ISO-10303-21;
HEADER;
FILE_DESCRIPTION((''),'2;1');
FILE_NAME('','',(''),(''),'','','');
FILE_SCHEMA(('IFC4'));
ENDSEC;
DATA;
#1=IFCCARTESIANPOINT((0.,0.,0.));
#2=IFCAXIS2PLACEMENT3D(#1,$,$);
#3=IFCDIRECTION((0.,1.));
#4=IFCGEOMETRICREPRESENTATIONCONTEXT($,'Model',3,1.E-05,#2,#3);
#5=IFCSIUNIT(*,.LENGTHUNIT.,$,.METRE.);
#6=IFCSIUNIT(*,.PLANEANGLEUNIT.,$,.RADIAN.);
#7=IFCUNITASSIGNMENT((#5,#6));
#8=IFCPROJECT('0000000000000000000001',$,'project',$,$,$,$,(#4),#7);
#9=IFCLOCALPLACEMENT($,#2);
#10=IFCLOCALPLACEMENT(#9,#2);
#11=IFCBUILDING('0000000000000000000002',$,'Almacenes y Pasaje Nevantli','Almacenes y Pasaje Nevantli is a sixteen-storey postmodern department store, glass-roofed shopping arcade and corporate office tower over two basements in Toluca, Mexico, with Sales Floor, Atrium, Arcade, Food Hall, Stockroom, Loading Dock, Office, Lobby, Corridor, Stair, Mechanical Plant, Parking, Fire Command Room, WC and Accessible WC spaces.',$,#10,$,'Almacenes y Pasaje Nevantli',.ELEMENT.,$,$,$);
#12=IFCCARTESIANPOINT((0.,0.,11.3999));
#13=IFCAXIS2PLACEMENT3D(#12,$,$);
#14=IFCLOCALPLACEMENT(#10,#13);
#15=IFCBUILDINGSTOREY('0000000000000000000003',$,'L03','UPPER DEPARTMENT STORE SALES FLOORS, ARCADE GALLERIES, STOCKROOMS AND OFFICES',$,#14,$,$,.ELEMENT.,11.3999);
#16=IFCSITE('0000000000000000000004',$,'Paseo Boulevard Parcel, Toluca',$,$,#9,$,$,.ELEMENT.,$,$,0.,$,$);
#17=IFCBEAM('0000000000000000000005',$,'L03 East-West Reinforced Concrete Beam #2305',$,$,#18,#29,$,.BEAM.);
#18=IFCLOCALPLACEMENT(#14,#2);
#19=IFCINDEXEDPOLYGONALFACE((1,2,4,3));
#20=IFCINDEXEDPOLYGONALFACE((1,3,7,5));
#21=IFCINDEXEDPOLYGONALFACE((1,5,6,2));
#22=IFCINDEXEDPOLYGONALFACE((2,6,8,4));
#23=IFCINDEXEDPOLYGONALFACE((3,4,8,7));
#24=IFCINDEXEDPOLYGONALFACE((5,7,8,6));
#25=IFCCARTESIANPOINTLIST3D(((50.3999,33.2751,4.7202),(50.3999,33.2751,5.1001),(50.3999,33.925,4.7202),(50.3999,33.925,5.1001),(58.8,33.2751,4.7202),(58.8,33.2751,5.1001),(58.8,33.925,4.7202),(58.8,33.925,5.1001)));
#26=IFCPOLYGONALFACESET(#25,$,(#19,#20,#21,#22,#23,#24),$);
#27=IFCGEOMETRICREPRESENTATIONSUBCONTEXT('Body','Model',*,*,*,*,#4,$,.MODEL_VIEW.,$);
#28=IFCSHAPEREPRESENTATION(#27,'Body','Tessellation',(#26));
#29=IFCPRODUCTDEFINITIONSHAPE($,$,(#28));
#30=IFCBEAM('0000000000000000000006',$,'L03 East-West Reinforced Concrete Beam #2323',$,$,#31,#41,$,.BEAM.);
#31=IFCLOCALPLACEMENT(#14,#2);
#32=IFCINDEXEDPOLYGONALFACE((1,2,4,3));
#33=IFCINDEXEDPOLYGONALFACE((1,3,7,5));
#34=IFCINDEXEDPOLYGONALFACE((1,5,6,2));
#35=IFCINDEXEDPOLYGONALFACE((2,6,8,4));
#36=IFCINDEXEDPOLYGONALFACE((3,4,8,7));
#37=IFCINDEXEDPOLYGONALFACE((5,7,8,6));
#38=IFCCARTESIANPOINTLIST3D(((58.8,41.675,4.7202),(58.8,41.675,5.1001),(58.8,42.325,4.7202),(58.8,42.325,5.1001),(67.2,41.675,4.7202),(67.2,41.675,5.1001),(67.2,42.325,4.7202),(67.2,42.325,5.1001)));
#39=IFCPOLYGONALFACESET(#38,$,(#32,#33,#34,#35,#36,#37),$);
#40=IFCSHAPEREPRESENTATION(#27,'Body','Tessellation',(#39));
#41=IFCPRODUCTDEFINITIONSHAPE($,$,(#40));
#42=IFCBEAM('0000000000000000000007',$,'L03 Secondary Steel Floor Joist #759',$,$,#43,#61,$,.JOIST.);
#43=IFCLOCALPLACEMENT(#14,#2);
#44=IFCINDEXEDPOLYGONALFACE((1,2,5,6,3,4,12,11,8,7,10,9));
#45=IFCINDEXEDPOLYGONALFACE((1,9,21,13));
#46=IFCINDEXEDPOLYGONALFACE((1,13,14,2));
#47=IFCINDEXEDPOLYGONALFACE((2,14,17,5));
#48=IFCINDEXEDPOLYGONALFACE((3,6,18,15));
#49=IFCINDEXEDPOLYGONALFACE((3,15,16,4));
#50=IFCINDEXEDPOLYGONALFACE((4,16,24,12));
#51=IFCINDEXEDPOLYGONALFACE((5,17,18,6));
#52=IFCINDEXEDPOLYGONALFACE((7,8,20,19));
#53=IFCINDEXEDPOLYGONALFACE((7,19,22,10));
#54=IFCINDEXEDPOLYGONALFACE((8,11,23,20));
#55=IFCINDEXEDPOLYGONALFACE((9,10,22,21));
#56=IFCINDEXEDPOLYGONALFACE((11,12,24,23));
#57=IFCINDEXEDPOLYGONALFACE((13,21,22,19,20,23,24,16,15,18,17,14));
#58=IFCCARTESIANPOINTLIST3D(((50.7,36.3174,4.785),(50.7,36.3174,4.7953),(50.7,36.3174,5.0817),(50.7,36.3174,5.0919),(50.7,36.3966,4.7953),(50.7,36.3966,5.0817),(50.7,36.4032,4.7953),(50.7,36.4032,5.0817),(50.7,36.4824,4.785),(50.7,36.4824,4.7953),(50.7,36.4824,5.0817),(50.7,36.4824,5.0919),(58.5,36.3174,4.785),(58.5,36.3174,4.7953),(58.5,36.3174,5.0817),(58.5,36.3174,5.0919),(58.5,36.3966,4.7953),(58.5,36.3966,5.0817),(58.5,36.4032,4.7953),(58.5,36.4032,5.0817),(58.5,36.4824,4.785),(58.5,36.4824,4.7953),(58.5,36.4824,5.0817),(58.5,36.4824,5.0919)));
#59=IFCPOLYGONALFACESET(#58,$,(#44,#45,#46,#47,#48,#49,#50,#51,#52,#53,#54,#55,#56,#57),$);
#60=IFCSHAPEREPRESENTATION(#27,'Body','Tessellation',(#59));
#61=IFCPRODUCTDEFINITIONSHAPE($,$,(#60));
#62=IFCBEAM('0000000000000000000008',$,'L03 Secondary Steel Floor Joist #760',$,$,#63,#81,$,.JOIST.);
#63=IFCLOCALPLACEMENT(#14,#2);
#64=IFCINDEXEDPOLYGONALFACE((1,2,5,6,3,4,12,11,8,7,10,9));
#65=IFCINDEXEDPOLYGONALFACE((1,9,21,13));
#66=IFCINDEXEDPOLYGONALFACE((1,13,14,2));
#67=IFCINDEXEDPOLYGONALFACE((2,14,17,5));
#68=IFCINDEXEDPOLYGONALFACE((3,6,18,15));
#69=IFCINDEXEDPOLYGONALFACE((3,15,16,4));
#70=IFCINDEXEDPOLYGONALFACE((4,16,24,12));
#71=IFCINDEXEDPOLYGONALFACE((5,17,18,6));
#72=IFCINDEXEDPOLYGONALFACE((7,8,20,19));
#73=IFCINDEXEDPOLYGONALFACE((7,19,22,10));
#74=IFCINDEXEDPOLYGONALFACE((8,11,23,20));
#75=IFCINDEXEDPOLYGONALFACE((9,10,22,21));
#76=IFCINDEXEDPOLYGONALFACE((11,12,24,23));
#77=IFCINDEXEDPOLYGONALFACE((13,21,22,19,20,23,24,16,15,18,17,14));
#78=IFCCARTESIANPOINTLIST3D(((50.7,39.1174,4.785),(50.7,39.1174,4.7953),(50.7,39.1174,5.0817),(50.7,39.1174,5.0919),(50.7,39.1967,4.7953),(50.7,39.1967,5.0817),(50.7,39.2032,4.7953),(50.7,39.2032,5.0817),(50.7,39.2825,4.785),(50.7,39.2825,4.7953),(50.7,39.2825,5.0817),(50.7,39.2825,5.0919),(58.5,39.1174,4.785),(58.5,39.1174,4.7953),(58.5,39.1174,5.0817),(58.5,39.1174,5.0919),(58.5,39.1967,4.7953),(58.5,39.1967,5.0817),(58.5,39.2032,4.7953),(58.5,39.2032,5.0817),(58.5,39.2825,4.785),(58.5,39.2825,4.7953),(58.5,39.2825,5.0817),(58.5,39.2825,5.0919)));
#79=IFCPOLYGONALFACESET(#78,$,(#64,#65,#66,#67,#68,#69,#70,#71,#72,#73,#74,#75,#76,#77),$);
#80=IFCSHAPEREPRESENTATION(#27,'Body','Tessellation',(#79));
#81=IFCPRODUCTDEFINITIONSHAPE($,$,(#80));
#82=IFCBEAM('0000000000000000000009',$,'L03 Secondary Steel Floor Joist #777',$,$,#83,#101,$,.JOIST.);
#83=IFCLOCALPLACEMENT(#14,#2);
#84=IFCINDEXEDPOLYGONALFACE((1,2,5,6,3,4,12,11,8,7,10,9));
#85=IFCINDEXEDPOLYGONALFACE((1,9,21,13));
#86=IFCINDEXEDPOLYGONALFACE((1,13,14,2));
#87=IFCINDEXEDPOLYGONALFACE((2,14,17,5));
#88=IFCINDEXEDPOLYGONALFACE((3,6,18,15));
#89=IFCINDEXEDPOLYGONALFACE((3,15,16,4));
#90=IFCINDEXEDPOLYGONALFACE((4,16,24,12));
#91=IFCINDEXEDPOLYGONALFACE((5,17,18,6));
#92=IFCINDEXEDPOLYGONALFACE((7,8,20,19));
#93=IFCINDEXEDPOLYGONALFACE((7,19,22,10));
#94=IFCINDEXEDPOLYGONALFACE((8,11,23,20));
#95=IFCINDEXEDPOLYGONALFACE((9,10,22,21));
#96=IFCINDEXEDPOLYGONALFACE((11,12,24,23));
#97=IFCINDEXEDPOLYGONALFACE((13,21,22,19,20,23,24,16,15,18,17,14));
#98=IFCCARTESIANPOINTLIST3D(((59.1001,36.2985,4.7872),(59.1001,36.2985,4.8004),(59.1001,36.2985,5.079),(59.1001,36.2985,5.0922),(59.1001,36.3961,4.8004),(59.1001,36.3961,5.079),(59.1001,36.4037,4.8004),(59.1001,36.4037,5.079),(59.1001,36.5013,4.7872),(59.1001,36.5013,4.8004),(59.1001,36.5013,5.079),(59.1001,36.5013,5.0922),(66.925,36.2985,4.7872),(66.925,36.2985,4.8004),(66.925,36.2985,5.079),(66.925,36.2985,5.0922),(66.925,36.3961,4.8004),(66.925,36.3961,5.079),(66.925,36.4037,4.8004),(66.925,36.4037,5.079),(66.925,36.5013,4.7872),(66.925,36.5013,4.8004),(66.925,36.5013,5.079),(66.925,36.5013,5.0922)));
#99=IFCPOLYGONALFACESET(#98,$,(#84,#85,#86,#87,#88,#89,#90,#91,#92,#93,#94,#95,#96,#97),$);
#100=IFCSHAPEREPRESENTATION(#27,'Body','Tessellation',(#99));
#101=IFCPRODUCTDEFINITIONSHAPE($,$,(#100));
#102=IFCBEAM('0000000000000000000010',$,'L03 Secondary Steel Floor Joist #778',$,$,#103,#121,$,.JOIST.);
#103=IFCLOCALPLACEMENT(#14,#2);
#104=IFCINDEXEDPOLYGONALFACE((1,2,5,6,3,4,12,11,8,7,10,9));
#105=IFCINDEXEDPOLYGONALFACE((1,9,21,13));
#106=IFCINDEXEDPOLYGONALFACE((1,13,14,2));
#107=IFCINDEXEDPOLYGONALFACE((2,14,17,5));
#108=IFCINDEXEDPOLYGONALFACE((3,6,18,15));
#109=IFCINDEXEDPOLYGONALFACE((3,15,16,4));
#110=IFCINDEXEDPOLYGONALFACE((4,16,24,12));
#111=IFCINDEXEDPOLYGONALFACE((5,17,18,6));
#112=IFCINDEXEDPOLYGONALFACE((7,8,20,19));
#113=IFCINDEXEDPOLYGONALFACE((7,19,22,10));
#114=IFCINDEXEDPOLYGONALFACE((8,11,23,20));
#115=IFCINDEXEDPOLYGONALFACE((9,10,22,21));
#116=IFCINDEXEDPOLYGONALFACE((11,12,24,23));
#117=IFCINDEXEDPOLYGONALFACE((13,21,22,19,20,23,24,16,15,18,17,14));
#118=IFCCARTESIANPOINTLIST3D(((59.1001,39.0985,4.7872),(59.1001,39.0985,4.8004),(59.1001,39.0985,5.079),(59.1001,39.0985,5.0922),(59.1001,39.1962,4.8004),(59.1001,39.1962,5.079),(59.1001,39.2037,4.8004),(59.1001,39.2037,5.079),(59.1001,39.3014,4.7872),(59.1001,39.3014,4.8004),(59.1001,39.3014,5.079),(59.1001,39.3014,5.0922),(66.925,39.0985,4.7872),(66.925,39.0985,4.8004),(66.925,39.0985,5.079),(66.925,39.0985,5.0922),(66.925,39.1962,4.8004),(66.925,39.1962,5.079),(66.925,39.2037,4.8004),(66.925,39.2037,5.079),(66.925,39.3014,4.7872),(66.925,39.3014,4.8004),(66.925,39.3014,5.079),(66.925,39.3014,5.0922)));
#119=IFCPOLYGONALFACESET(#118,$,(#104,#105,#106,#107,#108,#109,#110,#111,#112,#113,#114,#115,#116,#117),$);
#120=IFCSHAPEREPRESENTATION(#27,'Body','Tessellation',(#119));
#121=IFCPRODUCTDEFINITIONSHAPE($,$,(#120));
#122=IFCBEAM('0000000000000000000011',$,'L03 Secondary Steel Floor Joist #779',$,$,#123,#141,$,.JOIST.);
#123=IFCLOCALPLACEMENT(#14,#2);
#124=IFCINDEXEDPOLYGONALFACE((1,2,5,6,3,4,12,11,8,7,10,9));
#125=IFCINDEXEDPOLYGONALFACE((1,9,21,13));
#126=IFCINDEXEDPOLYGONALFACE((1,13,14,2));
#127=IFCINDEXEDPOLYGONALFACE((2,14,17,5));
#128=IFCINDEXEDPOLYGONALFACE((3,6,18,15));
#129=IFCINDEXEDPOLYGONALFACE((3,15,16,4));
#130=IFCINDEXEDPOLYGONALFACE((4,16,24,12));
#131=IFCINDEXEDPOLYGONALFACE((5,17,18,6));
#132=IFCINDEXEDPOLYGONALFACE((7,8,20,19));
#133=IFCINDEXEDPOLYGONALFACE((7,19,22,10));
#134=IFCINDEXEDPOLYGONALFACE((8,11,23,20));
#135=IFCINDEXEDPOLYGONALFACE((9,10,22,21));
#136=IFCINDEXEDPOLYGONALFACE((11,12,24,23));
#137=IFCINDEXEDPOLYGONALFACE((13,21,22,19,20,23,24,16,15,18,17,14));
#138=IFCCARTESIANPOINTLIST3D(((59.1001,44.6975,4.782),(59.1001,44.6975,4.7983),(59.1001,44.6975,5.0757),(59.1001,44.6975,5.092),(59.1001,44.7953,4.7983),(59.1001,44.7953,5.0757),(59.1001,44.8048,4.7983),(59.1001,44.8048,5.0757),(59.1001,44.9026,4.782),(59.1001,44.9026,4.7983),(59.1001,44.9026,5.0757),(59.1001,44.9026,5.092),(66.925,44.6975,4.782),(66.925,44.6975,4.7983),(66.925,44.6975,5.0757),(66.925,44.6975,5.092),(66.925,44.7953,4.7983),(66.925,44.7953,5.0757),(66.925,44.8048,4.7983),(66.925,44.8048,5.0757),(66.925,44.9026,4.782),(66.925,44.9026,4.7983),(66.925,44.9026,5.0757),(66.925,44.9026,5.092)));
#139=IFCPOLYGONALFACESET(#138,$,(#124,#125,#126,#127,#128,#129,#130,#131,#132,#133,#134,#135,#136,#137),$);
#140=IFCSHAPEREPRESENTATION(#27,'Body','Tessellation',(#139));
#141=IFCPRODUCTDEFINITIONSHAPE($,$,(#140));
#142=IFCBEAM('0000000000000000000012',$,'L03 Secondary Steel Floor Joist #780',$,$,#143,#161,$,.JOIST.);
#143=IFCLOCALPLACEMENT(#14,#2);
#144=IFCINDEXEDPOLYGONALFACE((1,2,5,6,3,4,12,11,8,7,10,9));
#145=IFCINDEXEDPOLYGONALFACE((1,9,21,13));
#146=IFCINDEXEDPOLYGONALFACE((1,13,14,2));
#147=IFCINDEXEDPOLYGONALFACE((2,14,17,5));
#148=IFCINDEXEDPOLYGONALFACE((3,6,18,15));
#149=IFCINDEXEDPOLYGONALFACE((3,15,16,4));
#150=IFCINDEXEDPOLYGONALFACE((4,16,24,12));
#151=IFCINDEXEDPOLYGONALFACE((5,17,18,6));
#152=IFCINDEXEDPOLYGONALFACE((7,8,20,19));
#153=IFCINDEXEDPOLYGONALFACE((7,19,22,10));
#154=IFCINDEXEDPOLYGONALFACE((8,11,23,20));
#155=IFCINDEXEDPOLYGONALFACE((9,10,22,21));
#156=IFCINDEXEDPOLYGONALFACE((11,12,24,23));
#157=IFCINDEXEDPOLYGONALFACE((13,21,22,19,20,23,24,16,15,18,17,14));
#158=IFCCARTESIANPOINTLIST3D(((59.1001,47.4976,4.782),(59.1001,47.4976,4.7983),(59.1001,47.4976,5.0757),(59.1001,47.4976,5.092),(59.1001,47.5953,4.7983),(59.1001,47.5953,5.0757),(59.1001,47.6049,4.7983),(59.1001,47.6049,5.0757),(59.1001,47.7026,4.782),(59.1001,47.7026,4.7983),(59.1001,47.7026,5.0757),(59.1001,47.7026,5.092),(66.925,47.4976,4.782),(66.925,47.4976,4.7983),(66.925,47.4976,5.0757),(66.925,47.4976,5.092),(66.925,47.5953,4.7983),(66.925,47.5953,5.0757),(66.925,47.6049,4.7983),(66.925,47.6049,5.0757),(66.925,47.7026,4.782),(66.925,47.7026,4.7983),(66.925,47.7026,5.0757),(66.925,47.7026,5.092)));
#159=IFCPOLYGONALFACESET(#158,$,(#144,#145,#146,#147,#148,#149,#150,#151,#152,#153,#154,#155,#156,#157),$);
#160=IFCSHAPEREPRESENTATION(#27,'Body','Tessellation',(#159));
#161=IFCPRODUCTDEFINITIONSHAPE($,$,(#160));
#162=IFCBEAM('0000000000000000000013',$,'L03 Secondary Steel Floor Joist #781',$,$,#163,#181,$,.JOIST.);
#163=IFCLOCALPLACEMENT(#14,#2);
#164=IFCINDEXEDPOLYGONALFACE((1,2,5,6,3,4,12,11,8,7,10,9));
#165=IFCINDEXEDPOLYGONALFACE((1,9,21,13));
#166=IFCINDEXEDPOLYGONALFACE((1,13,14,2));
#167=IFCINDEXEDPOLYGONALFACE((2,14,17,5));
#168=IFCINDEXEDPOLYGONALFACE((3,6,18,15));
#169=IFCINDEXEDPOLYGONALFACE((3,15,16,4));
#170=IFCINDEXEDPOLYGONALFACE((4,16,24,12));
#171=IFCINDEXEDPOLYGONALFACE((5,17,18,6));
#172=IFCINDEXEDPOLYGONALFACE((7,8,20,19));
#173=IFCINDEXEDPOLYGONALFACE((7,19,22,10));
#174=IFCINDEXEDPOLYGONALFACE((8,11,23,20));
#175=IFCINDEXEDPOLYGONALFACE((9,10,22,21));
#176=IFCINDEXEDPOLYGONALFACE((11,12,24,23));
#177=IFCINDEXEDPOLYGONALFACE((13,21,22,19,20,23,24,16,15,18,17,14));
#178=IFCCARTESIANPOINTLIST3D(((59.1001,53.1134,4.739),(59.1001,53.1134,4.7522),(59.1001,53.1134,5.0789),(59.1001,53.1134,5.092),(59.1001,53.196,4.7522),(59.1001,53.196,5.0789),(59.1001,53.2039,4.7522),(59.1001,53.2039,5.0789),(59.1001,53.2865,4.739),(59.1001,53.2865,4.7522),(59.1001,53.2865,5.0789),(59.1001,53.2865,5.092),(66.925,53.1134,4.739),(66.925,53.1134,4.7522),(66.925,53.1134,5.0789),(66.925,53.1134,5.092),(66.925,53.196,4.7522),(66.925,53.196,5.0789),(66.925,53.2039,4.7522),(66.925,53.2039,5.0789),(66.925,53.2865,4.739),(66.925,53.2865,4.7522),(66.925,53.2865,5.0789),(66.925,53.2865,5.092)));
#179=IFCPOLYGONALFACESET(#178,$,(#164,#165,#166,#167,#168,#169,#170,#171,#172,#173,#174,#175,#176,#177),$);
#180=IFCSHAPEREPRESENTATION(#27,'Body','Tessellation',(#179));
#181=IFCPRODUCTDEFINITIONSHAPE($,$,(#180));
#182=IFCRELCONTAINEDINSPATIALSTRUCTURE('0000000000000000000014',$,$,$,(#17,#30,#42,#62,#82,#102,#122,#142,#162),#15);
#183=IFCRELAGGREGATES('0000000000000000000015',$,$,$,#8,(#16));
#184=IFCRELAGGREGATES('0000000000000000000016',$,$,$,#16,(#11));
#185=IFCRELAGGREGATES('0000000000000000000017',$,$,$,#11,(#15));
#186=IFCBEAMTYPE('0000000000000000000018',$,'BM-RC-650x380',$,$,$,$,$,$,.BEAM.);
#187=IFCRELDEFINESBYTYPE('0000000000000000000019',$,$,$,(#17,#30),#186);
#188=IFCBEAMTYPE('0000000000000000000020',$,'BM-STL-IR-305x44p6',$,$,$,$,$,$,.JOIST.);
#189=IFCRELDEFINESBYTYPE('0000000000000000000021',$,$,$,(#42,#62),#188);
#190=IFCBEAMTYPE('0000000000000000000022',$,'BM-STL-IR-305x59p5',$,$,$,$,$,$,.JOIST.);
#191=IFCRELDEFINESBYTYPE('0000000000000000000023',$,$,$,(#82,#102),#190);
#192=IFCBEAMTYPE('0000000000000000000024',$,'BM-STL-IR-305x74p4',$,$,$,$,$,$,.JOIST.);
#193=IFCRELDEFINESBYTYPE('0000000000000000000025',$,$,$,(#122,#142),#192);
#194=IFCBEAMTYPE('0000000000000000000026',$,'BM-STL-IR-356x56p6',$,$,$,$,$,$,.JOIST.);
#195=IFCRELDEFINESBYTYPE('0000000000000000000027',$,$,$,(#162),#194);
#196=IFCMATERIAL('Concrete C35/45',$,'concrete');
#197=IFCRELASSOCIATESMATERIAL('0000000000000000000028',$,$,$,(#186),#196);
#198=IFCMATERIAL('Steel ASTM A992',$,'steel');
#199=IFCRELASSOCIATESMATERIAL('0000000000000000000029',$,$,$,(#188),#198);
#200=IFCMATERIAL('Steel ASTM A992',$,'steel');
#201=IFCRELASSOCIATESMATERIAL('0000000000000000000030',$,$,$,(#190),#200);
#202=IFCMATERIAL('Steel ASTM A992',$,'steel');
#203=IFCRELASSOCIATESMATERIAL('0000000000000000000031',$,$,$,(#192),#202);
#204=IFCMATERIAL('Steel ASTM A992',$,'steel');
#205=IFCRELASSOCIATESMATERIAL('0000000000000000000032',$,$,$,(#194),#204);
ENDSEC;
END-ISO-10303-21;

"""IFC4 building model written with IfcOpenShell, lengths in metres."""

from ifc_helpers import new_model, si_unit, direction, frame, origin, origin_2d, place, context, subcontext, project, spatial, rectangle, i_section, extrude, material, material_profile, profile_set, type_object, element, save


model = new_model("IFC4")

# Units and contexts
model_context = context("Model", 3, precision=1e-05, world=origin(), true_north=direction((0.0, 1.0)))
body_context = subcontext(model_context, "Body", "Model", "MODEL_VIEW")
ifc_project = project(units=[si_unit("LENGTHUNIT", "METRE"), si_unit("PLANEANGLEUNIT", "RADIAN")], contexts=[model_context])

# Site, building, storey
site_placement = place(None, origin())
site = spatial("IfcSite", under=ifc_project, at=site_placement, Name="Paseo Boulevard Parcel, Toluca", CompositionType="ELEMENT", RefElevation=0.0)
building_placement = place(site_placement, origin())
building = spatial("IfcBuilding", under=site, at=building_placement, Name="Almacenes y Pasaje Nevantli", Description="Almacenes y Pasaje Nevantli is a sixteen-storey postmodern department store, glass-roofed shopping arcade and corporate office tower over two basements in Toluca, Mexico, with Sales Floor, Atrium, Arcade, Food Hall, Stockroom, Loading Dock, Office, Lobby, Corridor, Stair, Mechanical Plant, Parking, Fire Command Room, WC and Accessible WC spaces.", LongName="Almacenes y Pasaje Nevantli", CompositionType="ELEMENT")
storey_placement = place(building_placement, frame((0.0, 0.0, 11.3999)))
storey = spatial("IfcBuildingStorey", under=building, at=storey_placement, Name="L03", Description="UPPER DEPARTMENT STORE SALES FLOORS, ARCADE GALLERIES, STOCKROOMS AND OFFICES", CompositionType="ELEMENT", Elevation=11.3999)

# Beams
ifc_material_1 = material(Name="Concrete C35/45", Category="concrete")
ifc_material_profile_1 = material_profile(ifc_material_1, rectangle(XDim=0.6499, YDim=0.3799, at=origin_2d()), Name="RC-BM-650x380")
ifc_profile_set_1 = profile_set([ifc_material_profile_1], Name="Concrete C35/45")
beam_type_1 = type_object("IfcBeamType", Name="BM-RC-650x380", PredefinedType="BEAM", material=ifc_profile_set_1)
beam_1_placement = place(storey_placement, frame((50.3999, 33.6001, 4.9102), z_axis=(1.0, 0.0, 0.0), x_axis=(0.0, 1.0, 0.0)))
element("IfcBeam", 1, at=beam_1_placement, inside=storey, type_object=beam_type_1, Name="L03 East-West Reinforced Concrete Beam #2305", PredefinedType="BEAM", context=body_context, shape_type="SweptSolid", body=[
    extrude(rectangle(XDim=0.6499, YDim=0.3799, at=origin_2d()), origin(), (0.0, 0.0, 1.0), 8.4001),
])
beam_2_placement = place(storey_placement, frame((58.8, 42.0, 4.9102), z_axis=(1.0, 0.0, 0.0), x_axis=(0.0, 1.0, 0.0)))
element("IfcBeam", 2, at=beam_2_placement, inside=storey, type_object=beam_type_1, Name="L03 East-West Reinforced Concrete Beam #2323", PredefinedType="BEAM", context=body_context, shape_type="SweptSolid", body=[
    extrude(rectangle(XDim=0.6499, YDim=0.3799, at=origin_2d()), origin(), (0.0, 0.0, 1.0), 8.3999),
])
ifc_material_2 = material(Name="Steel ASTM A992", Category="steel")
ifc_material_profile_2 = material_profile(ifc_material_2, i_section(OverallWidth=0.165, OverallDepth=0.3069, WebThickness=0.0066, FlangeThickness=0.0103, at=origin_2d()), Name="IR 305x44.6")
ifc_profile_set_2 = profile_set([ifc_material_profile_2], Name="Steel ASTM A992")
beam_type_2 = type_object("IfcBeamType", Name="BM-STL-IR-305x44p6", PredefinedType="JOIST", material=ifc_profile_set_2)
for number, where, z_axis, x_axis, name in (
    (3, (50.7, 36.3999, 4.9385), (1.0, 0.0, 0.0), (0.0, 1.0, 0.0), "L03 Secondary Steel Floor Joist #759"),
    (4, (50.7, 39.2, 4.9385), (1.0, 0.0, 0.0), (0.0, 1.0, 0.0), "L03 Secondary Steel Floor Joist #760"),
):
    element("IfcBeam", number, at=place(storey_placement, frame(where, z_axis=z_axis, x_axis=x_axis)), inside=storey, type_object=beam_type_2, Name=name, PredefinedType="JOIST", context=body_context, shape_type="SweptSolid", body=[
        extrude(i_section(OverallWidth=0.165, OverallDepth=0.3069, WebThickness=0.0066, FlangeThickness=0.0103, at=origin_2d()), origin(), (0.0, 0.0, 1.0), 7.8),
    ])
ifc_material_3 = material(Name="Steel ASTM A992", Category="steel")
ifc_material_profile_3 = material_profile(ifc_material_3, i_section(OverallWidth=0.2029, OverallDepth=0.3049, WebThickness=0.0076, FlangeThickness=0.0132, at=origin_2d()), Name="IR 305x59.5")
ifc_profile_set_3 = profile_set([ifc_material_profile_3], Name="Steel ASTM A992")
beam_type_3 = type_object("IfcBeamType", Name="BM-STL-IR-305x59p5", PredefinedType="JOIST", material=ifc_profile_set_3)
for number, where, z_axis, x_axis, name in (
    (5, (59.1001, 36.3999, 4.9397), (1.0, 0.0, 0.0), (0.0, 1.0, 0.0), "L03 Secondary Steel Floor Joist #777"),
    (6, (59.1001, 39.2, 4.9397), (1.0, 0.0, 0.0), (0.0, 1.0, 0.0), "L03 Secondary Steel Floor Joist #778"),
):
    element("IfcBeam", number, at=place(storey_placement, frame(where, z_axis=z_axis, x_axis=x_axis)), inside=storey, type_object=beam_type_3, Name=name, PredefinedType="JOIST", context=body_context, shape_type="SweptSolid", body=[
        extrude(i_section(OverallWidth=0.2029, OverallDepth=0.3049, WebThickness=0.0076, FlangeThickness=0.0132, at=origin_2d()), origin(), (0.0, 0.0, 1.0), 7.825),
    ])
ifc_material_4 = material(Name="Steel ASTM A992", Category="steel")
ifc_material_profile_4 = material_profile(ifc_material_4, i_section(OverallWidth=0.2051, OverallDepth=0.3101, WebThickness=0.0095, FlangeThickness=0.0164, at=origin_2d()), Name="IR 305x74.4")
ifc_profile_set_4 = profile_set([ifc_material_profile_4], Name="Steel ASTM A992")
beam_type_4 = type_object("IfcBeamType", Name="BM-STL-IR-305x74p4", PredefinedType="JOIST", material=ifc_profile_set_4)
for number, where, z_axis, x_axis, name in (
    (7, (59.1001, 44.8, 4.937), (1.0, 0.0, 0.0), (0.0, 1.0, 0.0), "L03 Secondary Steel Floor Joist #779"),
    (8, (59.1001, 47.6001, 4.937), (1.0, 0.0, 0.0), (0.0, 1.0, 0.0), "L03 Secondary Steel Floor Joist #780"),
):
    element("IfcBeam", number, at=place(storey_placement, frame(where, z_axis=z_axis, x_axis=x_axis)), inside=storey, type_object=beam_type_4, Name=name, PredefinedType="JOIST", context=body_context, shape_type="SweptSolid", body=[
        extrude(i_section(OverallWidth=0.2051, OverallDepth=0.3101, WebThickness=0.0095, FlangeThickness=0.0164, at=origin_2d()), origin(), (0.0, 0.0, 1.0), 7.825),
    ])
ifc_material_5 = material(Name="Steel ASTM A992", Category="steel")
ifc_material_profile_5 = material_profile(ifc_material_5, i_section(OverallWidth=0.1731, OverallDepth=0.353, WebThickness=0.0078, FlangeThickness=0.0132, at=origin_2d()), Name="IR 356x56.6")
ifc_profile_set_5 = profile_set([ifc_material_profile_5], Name="Steel ASTM A992")
beam_type_5 = type_object("IfcBeamType", Name="BM-STL-IR-356x56p6", PredefinedType="JOIST", material=ifc_profile_set_5)
for number, where, z_axis, x_axis, name in (
    (9, (59.1001, 53.2, 4.9155), (1.0, 0.0, 0.0), (0.0, 1.0, 0.0), "L03 Secondary Steel Floor Joist #781"),
):
    element("IfcBeam", number, at=place(storey_placement, frame(where, z_axis=z_axis, x_axis=x_axis)), inside=storey, type_object=beam_type_5, Name=name, PredefinedType="JOIST", context=body_context, shape_type="SweptSolid", body=[
        extrude(i_section(OverallWidth=0.1731, OverallDepth=0.353, WebThickness=0.0078, FlangeThickness=0.0132, at=origin_2d()), origin(), (0.0, 0.0, 1.0), 7.825),
    ])

save(model, "model.ifc")
